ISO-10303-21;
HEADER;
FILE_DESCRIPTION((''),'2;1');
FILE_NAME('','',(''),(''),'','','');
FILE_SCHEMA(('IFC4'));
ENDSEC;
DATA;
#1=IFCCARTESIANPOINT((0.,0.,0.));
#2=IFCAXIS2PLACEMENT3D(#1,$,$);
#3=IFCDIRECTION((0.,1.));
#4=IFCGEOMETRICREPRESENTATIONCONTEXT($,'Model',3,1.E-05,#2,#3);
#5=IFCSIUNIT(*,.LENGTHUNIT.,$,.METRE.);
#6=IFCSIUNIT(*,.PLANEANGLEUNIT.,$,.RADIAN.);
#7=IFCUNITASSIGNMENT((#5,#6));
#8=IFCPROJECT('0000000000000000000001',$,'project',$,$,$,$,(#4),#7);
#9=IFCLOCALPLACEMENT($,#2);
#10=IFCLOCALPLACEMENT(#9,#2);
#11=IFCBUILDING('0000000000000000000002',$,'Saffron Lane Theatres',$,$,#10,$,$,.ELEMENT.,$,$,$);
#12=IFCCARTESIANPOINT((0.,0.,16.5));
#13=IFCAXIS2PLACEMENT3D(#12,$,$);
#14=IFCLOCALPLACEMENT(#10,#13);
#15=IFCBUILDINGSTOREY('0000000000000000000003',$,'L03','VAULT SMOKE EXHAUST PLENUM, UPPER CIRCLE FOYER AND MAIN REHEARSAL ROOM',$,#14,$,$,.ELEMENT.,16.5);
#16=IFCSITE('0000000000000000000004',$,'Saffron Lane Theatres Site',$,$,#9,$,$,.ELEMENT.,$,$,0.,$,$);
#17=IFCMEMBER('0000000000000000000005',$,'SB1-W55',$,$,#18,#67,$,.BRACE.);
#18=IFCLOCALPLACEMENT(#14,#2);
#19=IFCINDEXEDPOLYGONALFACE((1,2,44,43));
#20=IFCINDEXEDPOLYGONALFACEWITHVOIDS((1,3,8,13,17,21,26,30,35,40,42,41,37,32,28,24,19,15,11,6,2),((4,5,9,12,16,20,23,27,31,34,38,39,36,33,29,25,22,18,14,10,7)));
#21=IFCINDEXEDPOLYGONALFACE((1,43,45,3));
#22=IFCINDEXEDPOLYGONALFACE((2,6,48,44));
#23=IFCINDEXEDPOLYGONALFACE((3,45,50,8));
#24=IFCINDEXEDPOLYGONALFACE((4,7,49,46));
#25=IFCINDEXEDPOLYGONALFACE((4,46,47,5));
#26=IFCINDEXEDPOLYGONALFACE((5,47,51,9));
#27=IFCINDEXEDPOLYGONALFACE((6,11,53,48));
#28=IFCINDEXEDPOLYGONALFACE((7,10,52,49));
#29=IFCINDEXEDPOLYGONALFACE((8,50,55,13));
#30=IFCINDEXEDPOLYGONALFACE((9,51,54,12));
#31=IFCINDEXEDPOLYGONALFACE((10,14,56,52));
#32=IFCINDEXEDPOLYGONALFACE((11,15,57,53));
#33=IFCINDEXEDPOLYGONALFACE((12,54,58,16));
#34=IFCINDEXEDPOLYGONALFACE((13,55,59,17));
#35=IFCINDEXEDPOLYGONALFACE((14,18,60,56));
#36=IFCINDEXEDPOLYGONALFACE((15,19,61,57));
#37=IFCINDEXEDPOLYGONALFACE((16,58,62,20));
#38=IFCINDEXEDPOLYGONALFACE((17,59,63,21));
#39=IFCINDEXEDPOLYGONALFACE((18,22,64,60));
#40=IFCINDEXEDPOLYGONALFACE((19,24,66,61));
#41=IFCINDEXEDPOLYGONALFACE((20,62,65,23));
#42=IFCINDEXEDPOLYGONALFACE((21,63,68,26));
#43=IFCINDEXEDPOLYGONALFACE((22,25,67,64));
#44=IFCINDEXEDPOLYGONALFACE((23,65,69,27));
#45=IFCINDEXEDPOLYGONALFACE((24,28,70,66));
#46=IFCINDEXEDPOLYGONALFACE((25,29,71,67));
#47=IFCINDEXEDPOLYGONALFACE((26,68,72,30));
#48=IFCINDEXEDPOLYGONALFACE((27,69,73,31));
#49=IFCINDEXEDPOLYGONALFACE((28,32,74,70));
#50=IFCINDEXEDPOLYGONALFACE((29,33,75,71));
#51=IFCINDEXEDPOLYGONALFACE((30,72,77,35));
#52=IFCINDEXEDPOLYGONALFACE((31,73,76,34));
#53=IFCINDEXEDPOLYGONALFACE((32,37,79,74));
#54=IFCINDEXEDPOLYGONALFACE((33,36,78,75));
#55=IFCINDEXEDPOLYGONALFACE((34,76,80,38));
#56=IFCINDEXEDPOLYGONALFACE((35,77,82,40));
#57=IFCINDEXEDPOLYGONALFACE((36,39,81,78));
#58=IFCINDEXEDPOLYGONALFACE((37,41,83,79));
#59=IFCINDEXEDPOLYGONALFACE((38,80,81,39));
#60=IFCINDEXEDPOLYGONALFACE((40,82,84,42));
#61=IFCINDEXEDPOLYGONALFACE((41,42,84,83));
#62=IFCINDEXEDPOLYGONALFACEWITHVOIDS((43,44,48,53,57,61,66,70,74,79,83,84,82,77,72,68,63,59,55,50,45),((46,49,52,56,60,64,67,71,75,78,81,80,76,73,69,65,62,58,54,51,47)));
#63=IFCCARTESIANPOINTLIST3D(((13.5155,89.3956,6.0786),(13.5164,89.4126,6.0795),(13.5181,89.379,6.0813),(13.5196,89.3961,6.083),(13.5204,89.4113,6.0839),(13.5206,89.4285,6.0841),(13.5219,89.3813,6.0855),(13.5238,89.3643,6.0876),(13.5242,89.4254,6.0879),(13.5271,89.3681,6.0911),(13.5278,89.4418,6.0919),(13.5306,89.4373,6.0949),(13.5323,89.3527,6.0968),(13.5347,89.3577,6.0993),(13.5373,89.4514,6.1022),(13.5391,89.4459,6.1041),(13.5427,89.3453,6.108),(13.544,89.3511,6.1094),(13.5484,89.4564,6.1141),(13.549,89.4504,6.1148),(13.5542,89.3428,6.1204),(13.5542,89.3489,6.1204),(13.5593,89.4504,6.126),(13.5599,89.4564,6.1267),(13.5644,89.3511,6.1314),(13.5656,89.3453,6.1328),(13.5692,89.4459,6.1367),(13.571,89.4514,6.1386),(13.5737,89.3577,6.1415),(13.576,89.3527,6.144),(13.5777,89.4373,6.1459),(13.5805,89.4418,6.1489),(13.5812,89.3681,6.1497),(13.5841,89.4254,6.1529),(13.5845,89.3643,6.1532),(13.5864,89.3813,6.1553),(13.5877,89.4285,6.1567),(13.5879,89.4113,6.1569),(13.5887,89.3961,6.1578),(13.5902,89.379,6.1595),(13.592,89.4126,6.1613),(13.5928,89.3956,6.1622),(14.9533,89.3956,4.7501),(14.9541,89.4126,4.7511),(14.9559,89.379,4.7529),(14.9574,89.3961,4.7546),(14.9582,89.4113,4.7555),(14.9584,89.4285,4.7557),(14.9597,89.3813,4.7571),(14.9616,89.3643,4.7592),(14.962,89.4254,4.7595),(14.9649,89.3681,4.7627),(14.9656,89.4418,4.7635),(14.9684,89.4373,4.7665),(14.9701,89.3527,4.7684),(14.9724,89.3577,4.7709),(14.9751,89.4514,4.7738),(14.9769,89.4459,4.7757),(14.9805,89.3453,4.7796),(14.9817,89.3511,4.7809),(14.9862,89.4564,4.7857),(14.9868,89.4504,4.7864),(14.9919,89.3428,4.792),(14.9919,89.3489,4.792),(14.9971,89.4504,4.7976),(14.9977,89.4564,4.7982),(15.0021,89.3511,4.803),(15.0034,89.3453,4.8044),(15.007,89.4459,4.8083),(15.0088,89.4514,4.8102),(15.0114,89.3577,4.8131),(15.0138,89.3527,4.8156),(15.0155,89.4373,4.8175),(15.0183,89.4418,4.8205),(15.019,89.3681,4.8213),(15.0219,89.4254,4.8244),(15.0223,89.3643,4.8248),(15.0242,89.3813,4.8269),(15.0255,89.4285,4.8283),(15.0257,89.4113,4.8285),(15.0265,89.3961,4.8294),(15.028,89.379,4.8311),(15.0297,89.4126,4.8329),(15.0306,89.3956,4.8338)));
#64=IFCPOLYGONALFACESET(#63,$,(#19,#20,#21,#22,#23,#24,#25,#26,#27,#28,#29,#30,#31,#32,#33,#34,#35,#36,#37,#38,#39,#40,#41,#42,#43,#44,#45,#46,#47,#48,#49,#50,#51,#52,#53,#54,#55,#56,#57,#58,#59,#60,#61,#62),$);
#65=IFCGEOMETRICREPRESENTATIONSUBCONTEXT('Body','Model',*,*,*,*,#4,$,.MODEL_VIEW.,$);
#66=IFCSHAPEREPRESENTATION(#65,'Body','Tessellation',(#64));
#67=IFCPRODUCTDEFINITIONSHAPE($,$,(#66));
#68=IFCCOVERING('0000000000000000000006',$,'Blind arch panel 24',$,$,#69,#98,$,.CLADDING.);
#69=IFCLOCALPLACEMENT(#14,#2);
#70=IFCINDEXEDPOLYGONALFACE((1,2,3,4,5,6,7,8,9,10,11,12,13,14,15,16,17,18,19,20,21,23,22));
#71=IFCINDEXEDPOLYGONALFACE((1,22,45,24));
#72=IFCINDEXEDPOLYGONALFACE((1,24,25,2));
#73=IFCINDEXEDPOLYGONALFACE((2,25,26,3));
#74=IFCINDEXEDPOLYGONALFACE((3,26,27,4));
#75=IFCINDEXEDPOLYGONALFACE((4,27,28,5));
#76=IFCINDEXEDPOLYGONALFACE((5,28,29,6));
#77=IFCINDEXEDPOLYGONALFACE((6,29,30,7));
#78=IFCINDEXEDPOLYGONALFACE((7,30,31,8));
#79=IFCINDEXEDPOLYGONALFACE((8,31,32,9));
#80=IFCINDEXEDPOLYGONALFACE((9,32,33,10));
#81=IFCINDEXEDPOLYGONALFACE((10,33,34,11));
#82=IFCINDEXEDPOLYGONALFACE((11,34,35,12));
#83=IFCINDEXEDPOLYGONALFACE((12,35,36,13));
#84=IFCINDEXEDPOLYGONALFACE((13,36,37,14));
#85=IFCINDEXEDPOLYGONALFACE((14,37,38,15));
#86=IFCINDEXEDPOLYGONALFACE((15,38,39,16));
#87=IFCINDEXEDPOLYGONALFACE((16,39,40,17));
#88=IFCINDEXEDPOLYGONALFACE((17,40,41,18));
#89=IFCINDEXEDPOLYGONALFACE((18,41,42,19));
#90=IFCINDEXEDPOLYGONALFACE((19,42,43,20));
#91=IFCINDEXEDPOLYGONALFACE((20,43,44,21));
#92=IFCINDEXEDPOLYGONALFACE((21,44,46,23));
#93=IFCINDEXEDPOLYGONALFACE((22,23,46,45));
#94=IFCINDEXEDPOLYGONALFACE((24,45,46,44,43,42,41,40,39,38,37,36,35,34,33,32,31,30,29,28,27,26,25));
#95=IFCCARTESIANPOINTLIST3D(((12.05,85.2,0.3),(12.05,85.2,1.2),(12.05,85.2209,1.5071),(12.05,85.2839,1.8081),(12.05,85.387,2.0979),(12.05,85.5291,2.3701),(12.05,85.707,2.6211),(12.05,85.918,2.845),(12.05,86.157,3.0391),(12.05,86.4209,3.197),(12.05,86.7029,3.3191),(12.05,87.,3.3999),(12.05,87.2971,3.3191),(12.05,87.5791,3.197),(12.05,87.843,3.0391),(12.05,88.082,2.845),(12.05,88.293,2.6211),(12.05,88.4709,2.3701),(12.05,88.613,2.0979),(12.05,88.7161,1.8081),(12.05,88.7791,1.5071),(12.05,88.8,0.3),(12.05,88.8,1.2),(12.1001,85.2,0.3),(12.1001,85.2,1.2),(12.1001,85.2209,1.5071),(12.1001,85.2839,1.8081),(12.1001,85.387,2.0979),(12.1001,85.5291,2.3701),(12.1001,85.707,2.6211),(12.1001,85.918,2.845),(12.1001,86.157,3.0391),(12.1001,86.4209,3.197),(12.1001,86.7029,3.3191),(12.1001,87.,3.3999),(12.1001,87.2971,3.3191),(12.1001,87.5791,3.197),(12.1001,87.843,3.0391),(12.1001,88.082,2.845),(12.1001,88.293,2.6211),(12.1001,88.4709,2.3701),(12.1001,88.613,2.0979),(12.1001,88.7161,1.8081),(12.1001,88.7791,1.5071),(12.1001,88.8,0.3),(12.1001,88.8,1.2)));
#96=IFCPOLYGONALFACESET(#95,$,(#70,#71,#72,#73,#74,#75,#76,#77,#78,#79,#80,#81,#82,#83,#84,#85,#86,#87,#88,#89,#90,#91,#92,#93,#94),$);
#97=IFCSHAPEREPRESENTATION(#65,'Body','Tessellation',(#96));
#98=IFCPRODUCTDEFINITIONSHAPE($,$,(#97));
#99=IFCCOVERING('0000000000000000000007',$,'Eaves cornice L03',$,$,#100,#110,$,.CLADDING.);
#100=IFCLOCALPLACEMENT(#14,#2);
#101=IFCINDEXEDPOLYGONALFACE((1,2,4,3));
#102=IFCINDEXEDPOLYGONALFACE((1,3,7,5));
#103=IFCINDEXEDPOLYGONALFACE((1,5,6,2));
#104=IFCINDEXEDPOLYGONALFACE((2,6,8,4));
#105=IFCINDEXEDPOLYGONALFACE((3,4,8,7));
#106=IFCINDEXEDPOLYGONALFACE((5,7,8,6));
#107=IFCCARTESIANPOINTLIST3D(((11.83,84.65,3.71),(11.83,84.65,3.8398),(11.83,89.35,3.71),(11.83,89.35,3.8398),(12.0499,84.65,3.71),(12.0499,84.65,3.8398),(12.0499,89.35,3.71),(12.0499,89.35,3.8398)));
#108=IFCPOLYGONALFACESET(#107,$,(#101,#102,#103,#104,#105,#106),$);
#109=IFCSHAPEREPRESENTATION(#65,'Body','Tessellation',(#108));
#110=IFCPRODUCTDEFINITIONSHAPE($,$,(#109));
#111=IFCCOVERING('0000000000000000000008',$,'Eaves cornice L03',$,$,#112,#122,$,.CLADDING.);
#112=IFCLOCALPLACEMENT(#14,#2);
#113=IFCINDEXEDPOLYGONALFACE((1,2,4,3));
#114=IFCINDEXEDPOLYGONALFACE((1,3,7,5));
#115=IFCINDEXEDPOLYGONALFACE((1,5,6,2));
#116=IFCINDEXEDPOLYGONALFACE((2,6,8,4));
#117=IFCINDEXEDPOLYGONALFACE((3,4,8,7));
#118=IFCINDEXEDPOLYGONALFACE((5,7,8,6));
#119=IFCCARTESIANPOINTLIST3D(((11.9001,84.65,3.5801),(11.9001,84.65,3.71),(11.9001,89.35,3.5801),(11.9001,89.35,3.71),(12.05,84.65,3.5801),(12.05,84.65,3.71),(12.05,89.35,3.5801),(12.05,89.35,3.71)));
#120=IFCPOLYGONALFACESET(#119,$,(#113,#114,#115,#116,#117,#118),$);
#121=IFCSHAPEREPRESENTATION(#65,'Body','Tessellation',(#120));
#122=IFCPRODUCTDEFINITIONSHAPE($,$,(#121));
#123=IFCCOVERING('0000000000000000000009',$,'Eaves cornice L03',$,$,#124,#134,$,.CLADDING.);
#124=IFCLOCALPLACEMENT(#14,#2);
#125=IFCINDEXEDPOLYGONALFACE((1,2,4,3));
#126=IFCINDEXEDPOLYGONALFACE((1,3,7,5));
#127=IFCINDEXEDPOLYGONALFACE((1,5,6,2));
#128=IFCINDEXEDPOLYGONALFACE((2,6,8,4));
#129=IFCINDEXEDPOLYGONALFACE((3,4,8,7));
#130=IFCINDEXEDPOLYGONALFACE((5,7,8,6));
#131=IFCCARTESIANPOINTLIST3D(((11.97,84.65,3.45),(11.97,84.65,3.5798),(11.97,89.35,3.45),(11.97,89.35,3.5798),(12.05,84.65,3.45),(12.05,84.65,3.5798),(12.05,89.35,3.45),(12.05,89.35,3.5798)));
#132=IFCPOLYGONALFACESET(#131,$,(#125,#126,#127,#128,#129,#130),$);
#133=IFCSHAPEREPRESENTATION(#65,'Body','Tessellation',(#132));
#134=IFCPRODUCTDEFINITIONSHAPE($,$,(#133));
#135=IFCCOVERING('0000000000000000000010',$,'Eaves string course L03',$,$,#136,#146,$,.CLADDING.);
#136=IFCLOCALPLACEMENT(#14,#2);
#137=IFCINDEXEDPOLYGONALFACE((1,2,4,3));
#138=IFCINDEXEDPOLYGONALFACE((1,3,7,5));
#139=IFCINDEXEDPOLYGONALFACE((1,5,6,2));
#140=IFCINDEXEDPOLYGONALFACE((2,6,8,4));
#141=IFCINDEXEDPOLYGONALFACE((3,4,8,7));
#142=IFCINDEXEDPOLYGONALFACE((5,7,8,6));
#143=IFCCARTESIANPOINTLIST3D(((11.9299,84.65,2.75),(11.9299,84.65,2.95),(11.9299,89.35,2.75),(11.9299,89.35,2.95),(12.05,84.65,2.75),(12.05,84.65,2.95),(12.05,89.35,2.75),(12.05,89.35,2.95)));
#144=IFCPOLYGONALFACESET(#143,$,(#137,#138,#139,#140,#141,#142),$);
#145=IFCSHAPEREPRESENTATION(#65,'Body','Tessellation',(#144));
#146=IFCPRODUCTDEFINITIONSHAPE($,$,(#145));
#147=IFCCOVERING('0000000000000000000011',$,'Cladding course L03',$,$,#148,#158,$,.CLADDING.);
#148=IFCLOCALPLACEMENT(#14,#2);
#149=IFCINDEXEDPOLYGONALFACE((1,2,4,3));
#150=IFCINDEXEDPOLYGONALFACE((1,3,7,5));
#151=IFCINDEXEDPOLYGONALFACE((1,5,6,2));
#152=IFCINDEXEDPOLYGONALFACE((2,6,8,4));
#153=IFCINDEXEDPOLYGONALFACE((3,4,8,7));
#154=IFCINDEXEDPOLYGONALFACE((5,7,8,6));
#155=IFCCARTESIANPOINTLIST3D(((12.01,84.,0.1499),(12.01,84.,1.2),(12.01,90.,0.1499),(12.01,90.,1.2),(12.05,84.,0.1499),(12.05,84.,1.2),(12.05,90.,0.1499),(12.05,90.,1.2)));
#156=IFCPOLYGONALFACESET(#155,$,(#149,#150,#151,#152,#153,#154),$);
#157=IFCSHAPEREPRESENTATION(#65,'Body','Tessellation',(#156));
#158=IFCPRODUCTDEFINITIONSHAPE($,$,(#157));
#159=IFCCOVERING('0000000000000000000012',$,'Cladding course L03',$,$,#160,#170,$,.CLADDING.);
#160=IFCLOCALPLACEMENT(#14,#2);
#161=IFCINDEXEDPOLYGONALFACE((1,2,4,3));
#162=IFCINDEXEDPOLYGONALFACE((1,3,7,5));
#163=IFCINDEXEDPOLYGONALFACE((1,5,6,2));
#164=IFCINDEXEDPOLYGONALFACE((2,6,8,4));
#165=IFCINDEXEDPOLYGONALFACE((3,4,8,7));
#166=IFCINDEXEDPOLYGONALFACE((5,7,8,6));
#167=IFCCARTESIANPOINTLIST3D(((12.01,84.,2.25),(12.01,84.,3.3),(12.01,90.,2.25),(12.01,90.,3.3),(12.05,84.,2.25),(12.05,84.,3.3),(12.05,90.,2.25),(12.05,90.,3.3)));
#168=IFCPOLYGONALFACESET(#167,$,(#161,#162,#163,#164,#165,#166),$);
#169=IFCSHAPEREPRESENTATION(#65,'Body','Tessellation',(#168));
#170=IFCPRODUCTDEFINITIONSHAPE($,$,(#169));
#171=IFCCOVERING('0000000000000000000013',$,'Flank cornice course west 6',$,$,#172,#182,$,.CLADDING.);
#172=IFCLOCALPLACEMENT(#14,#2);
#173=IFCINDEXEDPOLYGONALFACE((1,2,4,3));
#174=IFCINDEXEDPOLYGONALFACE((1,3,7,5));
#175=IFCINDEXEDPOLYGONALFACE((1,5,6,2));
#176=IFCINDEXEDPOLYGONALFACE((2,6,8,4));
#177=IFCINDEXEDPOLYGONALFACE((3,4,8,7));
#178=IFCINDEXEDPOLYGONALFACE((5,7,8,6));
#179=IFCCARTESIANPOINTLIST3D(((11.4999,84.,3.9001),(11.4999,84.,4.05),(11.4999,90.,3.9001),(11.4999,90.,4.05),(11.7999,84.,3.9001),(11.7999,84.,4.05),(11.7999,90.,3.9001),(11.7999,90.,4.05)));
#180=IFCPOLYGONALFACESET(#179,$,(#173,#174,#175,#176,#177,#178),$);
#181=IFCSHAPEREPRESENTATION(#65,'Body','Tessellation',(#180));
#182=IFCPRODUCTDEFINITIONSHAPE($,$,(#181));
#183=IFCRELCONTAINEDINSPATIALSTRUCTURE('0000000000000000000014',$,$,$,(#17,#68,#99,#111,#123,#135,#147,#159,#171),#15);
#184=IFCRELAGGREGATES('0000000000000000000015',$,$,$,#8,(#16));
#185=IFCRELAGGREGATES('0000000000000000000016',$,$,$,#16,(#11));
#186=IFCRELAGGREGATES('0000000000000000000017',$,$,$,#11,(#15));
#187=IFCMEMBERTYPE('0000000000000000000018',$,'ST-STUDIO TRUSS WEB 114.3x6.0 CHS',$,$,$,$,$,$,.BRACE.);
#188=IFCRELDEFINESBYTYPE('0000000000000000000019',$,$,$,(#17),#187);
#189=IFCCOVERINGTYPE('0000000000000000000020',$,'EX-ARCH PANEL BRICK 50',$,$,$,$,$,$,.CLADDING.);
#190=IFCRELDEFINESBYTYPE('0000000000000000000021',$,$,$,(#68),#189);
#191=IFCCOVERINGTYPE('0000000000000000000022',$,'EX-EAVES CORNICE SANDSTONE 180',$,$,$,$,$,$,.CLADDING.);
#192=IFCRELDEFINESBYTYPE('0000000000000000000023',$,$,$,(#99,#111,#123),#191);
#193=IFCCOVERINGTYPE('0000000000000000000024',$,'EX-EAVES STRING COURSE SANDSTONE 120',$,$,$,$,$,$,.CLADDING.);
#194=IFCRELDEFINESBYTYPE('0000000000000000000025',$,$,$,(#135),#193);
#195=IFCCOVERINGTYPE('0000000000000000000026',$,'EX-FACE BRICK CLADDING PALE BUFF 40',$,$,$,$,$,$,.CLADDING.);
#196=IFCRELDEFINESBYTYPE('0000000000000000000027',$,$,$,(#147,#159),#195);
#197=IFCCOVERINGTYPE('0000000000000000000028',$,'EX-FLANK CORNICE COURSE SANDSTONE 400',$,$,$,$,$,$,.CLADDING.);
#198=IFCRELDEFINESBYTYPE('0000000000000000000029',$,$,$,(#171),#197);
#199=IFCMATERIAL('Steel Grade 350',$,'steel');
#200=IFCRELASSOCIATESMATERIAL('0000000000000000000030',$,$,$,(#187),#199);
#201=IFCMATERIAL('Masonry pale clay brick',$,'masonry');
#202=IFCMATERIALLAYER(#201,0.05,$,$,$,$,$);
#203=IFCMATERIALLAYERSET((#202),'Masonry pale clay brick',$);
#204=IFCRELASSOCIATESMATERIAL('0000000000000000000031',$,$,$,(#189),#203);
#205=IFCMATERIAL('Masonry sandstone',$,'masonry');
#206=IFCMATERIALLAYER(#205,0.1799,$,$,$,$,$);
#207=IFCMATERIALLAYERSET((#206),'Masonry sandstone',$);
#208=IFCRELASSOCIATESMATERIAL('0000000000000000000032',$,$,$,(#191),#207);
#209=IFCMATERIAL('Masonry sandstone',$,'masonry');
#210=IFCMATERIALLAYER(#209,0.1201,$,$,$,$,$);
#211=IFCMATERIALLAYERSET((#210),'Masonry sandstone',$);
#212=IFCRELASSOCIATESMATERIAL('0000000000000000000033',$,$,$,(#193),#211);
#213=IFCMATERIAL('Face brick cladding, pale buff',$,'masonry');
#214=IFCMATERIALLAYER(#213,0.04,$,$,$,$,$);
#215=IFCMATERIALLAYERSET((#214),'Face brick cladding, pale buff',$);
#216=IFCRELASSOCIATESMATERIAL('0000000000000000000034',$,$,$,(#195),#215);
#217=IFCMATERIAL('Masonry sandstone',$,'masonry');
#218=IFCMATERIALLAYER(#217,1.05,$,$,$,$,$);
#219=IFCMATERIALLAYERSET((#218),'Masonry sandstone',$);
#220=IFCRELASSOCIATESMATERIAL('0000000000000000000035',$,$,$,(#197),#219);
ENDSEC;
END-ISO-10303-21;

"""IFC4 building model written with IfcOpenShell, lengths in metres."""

from ifc_helpers import new_model, si_unit, direction, frame, origin, origin_2d, place, context, subcontext, project, spatial, polyline, rectangle, hollow_circle, outline, extrude, material, layer, layer_set, material_profile, profile_set, type_object, element, save


model = new_model("IFC4")

# Units and contexts
model_context = context("Model", 3, precision=1e-05, world=origin(), true_north=direction((0.0, 1.0)))
body_context = subcontext(model_context, "Body", "Model", "MODEL_VIEW")
ifc_project = project(units=[si_unit("LENGTHUNIT", "METRE"), si_unit("PLANEANGLEUNIT", "RADIAN")], contexts=[model_context])

# Site, building, storey
site_placement = place(None, origin())
site = spatial("IfcSite", under=ifc_project, at=site_placement, Name="Saffron Lane Theatres Site", CompositionType="ELEMENT", RefElevation=0.0)
building_placement = place(site_placement, origin())
building = spatial("IfcBuilding", under=site, at=building_placement, Name="Saffron Lane Theatres", CompositionType="ELEMENT")
storey_placement = place(building_placement, frame((0.0, 0.0, 16.5)))
storey = spatial("IfcBuildingStorey", under=building, at=storey_placement, Name="L03", Description="VAULT SMOKE EXHAUST PLENUM, UPPER CIRCLE FOYER AND MAIN REHEARSAL ROOM", CompositionType="ELEMENT", Elevation=16.5)

# Member
ifc_material_1 = material(Name="Steel Grade 350", Category="steel")
ifc_material_profile_1 = material_profile(ifc_material_1, hollow_circle(Radius=0.0571, WallThickness=0.0061, at=origin_2d()))
ifc_profile_set_1 = profile_set([ifc_material_profile_1], Name="Steel Grade 350")
member_type_1 = type_object("IfcMemberType", Name="ST-STUDIO TRUSS WEB 114.3x6.0 CHS", PredefinedType="BRACE", material=ifc_profile_set_1)
member_1_placement = place(storey_placement, frame((14.9919, 89.3999, 4.792), z_axis=(-0.734493, 0.0, 0.678617), x_axis=(0.0, -1.0, 0.0)))
element("IfcMember", 1, at=member_1_placement, inside=storey, type_object=member_type_1, Name="SB1-W55", PredefinedType="BRACE", context=body_context, shape_type="SweptSolid", body=[
    extrude(hollow_circle(Radius=0.0571, WallThickness=0.0061, at=origin_2d()), origin(), (0.0, 0.0, 1.0), 1.9575),
])

# Coverings
ifc_material_2 = material(Name="Masonry pale clay brick", Category="masonry")
ifc_layer_1 = layer(ifc_material_2, 0.05)
ifc_layer_set_1 = layer_set([ifc_layer_1], Name="Masonry pale clay brick")
covering_type_1 = type_object("IfcCoveringType", Name="EX-ARCH PANEL BRICK 50", PredefinedType="CLADDING", material=ifc_layer_set_1)
covering_1_placement = place(storey_placement, frame((12.1001, 85.2, 1.2), z_axis=(1.0, 0.0, 0.0), x_axis=(0.0, 0.0, -1.0)))
element("IfcCovering", 2, at=covering_1_placement, inside=storey, type_object=covering_type_1, Name="Blind arch panel 24", PredefinedType="CLADDING", context=body_context, shape_type="SweptSolid", body=[
    extrude(outline(polyline([(0.0, 0.0), (0.8999, 0.0), (0.8999, 3.6001), (0.0, 3.6001), (-0.3071, 3.5791), (-0.6082, 3.5161), (-0.8979, 3.4131), (-1.1702, 3.271), (-1.4211, 3.093), (-1.645, 2.8821), (-1.8391, 2.6431), (-1.9971, 2.3792), (-2.1191, 2.0972), (-2.2, 1.8), (-2.1191, 1.5029), (-1.9971, 1.2209), (-1.8391, 0.957), (-1.645, 0.718), (-1.4211, 0.5071), (-1.1702, 0.3291), (-0.8979, 0.187), (-0.6082, 0.084), (-0.3071, 0.021), (0.0, 0.0)])), origin(), (0.0, 0.0, -1.0), 0.05),
])
ifc_material_3 = material(Name="Masonry sandstone", Category="masonry")
ifc_layer_2 = layer(ifc_material_3, 0.1799)
ifc_layer_set_2 = layer_set([ifc_layer_2], Name="Masonry sandstone")
covering_type_2 = type_object("IfcCoveringType", Name="EX-EAVES CORNICE SANDSTONE 180", PredefinedType="CLADDING", material=ifc_layer_set_2)
covering_2_placement = place(storey_placement, frame((11.9399, 87.0, 3.71), z_axis=(0.0, 0.0, 1.0), x_axis=(0.0, 1.0, 0.0)))
element("IfcCovering", 3, at=covering_2_placement, inside=storey, type_object=covering_type_2, Name="Eaves cornice L03", PredefinedType="CLADDING", context=body_context, shape_type="SweptSolid", body=[
    extrude(rectangle(XDim=4.7, YDim=0.22, at=origin_2d()), origin(), (0.0, 0.0, 1.0), 0.1299),
])
covering_3_placement = place(storey_placement, frame((11.9751, 87.0, 3.5801), z_axis=(0.0, 0.0, 1.0), x_axis=(0.0, 1.0, 0.0)))
element("IfcCovering", 4, at=covering_3_placement, inside=storey, type_object=covering_type_2, Name="Eaves cornice L03", PredefinedType="CLADDING", context=body_context, shape_type="SweptSolid", body=[
    extrude(rectangle(XDim=4.7, YDim=0.1499, at=origin_2d()), origin(), (0.0, 0.0, 1.0), 0.1299),
])
covering_4_placement = place(storey_placement, frame((12.01, 87.0, 3.45), z_axis=(0.0, 0.0, 1.0), x_axis=(0.0, 1.0, 0.0)))
element("IfcCovering", 5, at=covering_4_placement, inside=storey, type_object=covering_type_2, Name="Eaves cornice L03", PredefinedType="CLADDING", context=body_context, shape_type="SweptSolid", body=[
    extrude(rectangle(XDim=4.7, YDim=0.0801, at=origin_2d()), origin(), (0.0, 0.0, 1.0), 0.1299),
])
ifc_material_4 = material(Name="Masonry sandstone", Category="masonry")
ifc_layer_3 = layer(ifc_material_4, 0.1201)
ifc_layer_set_3 = layer_set([ifc_layer_3], Name="Masonry sandstone")
covering_type_3 = type_object("IfcCoveringType", Name="EX-EAVES STRING COURSE SANDSTONE 120", PredefinedType="CLADDING", material=ifc_layer_set_3)
covering_5_placement = place(storey_placement, frame((11.99, 87.0, 2.75), z_axis=(0.0, 0.0, 1.0), x_axis=(0.0, 1.0, 0.0)))
element("IfcCovering", 6, at=covering_5_placement, inside=storey, type_object=covering_type_3, Name="Eaves string course L03", PredefinedType="CLADDING", context=body_context, shape_type="SweptSolid", body=[
    extrude(rectangle(XDim=4.7, YDim=0.1201, at=origin_2d()), origin(), (0.0, 0.0, 1.0), 0.2),
])
ifc_material_5 = material(Name="Face brick cladding, pale buff", Category="masonry")
ifc_layer_4 = layer(ifc_material_5, 0.04)
ifc_layer_set_4 = layer_set([ifc_layer_4], Name="Face brick cladding, pale buff")
covering_type_4 = type_object("IfcCoveringType", Name="EX-FACE BRICK CLADDING PALE BUFF 40", PredefinedType="CLADDING", material=ifc_layer_set_4)
for number, where, z_axis, x_axis, name in (
    (7, (12.03, 87.0, 0.1499), (0.0, 0.0, 1.0), (0.0, 1.0, 0.0), "Cladding course L03"),
    (8, (12.03, 87.0, 2.25), (0.0, 0.0, 1.0), (0.0, 1.0, 0.0), "Cladding course L03"),
):
    element("IfcCovering", number, at=place(storey_placement, frame(where, z_axis=z_axis, x_axis=x_axis)), inside=storey, type_object=covering_type_4, Name=name, PredefinedType="CLADDING", context=body_context, shape_type="SweptSolid", body=[
        extrude(rectangle(XDim=6.0, YDim=0.04, at=origin_2d()), origin(), (0.0, 0.0, 1.0), 1.05),
    ])
ifc_material_6 = material(Name="Masonry sandstone", Category="masonry")
ifc_layer_5 = layer(ifc_material_6, 1.05)
ifc_layer_set_5 = layer_set([ifc_layer_5], Name="Masonry sandstone")
covering_type_5 = type_object("IfcCoveringType", Name="EX-FLANK CORNICE COURSE SANDSTONE 400", PredefinedType="CLADDING", material=ifc_layer_set_5)
covering_6_placement = place(storey_placement, frame((11.6499, 87.0, 3.9001), z_axis=(0.0, 0.0, 1.0), x_axis=(0.0, 1.0, 0.0)))
element("IfcCovering", 9, at=covering_6_placement, inside=storey, type_object=covering_type_5, Name="Flank cornice course west 6", PredefinedType="CLADDING", context=body_context, shape_type="SweptSolid", body=[
    extrude(rectangle(XDim=6.0, YDim=0.3, at=origin_2d()), origin(), (0.0, 0.0, 1.0), 0.1499),
])

save(model, "model.ifc")
